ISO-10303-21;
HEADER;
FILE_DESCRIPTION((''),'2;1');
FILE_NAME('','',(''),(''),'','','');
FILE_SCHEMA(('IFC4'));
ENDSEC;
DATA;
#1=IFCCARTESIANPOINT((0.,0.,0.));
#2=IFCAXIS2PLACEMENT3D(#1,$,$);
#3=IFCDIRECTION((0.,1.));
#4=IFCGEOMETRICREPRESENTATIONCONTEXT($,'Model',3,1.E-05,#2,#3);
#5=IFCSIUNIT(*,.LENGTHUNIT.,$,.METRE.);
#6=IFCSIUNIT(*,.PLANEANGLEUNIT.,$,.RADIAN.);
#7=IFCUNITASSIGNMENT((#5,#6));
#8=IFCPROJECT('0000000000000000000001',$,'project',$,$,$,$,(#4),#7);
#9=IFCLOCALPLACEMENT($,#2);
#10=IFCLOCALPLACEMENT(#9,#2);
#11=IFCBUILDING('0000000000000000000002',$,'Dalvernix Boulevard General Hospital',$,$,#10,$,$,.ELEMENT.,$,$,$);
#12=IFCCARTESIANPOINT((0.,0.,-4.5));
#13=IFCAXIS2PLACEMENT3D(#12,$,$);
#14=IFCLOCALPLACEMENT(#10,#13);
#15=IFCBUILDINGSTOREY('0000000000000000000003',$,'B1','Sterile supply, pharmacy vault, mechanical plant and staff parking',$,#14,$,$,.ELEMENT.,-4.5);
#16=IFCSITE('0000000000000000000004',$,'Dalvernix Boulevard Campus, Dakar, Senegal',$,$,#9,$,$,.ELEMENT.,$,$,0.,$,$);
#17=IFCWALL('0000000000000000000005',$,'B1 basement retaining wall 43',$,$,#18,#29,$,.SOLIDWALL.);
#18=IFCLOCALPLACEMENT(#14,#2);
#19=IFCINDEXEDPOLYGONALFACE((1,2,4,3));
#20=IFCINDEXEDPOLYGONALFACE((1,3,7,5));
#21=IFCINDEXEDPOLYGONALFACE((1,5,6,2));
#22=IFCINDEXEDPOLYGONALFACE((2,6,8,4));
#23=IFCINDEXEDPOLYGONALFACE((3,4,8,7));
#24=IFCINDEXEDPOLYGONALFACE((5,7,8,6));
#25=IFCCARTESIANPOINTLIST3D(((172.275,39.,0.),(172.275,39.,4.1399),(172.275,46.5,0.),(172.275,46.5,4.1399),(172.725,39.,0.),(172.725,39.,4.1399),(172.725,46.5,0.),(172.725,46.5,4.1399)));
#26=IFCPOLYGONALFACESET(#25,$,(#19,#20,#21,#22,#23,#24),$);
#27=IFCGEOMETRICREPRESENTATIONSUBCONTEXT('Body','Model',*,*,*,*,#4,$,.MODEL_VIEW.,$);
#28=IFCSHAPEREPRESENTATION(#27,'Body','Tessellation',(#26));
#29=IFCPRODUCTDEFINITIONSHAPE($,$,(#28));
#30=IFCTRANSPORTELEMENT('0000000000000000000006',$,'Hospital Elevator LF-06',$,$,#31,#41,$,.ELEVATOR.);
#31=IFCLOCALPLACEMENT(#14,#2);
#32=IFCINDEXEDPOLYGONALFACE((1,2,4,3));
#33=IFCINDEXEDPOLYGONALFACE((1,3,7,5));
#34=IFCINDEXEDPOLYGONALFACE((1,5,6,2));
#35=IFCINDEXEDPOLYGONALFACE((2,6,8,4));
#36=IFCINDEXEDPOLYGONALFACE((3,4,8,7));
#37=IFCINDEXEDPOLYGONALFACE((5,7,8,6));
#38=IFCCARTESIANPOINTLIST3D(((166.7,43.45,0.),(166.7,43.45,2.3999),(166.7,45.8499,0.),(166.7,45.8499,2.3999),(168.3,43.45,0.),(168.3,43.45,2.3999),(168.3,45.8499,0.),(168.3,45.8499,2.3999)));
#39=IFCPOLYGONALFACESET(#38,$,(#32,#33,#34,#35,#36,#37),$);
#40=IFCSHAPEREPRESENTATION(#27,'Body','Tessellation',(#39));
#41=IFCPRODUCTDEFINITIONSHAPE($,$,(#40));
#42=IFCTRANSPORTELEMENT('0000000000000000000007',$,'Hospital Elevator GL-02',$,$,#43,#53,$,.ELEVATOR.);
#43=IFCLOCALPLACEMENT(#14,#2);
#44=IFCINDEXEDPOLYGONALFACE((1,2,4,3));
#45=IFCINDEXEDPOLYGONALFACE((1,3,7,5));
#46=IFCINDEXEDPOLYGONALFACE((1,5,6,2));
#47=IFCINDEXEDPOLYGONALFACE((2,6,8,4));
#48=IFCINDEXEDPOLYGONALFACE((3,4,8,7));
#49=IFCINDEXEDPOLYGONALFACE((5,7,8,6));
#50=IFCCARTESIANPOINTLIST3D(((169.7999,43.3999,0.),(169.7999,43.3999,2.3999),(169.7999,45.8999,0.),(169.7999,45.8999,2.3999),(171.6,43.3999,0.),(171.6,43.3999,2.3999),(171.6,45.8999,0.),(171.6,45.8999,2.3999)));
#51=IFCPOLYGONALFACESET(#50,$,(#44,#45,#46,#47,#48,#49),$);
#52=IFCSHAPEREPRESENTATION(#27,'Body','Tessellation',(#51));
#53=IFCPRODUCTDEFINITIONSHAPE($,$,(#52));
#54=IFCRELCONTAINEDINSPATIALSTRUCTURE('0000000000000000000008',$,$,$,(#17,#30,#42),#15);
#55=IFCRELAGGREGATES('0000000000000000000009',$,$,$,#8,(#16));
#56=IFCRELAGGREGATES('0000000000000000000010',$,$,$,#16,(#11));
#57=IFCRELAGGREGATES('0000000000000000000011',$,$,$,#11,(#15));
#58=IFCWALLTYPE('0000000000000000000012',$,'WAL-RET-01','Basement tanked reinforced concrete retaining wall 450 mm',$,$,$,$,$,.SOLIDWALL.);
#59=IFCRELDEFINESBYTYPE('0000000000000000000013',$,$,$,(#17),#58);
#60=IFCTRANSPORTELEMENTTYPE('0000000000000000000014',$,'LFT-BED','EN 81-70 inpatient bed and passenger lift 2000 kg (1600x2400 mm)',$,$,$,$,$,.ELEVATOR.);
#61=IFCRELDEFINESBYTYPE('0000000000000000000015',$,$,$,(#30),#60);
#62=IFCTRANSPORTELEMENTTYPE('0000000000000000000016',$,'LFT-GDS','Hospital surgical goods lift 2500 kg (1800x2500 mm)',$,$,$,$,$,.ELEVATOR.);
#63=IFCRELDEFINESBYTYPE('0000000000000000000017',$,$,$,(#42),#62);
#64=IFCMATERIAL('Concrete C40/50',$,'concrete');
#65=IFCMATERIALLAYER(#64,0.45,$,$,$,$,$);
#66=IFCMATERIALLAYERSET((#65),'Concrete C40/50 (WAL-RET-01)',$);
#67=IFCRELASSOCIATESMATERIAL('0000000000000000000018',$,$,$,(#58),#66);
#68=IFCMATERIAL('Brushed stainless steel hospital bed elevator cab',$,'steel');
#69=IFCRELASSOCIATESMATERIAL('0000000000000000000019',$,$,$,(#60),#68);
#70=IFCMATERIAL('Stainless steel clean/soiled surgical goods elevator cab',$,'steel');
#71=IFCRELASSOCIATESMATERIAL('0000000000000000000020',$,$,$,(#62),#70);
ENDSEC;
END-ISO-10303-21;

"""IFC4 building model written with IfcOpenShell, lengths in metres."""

from ifc_helpers import new_model, si_unit, direction, frame, frame_2d, origin, origin_2d, place, context, subcontext, project, spatial, rectangle, extrude, material, layer, layer_set, type_object, element, save


model = new_model("IFC4")

# Units and contexts
model_context = context("Model", 3, precision=1e-05, world=origin(), true_north=direction((0.0, 1.0)))
body_context = subcontext(model_context, "Body", "Model", "MODEL_VIEW")
ifc_project = project(units=[si_unit("LENGTHUNIT", "METRE"), si_unit("PLANEANGLEUNIT", "RADIAN")], contexts=[model_context])

# Site, building, storey
site_placement = place(None, origin())
site = spatial("IfcSite", under=ifc_project, at=site_placement, Name="Dalvernix Boulevard Campus, Dakar, Senegal", CompositionType="ELEMENT", RefElevation=0.0)
building_placement = place(site_placement, origin())
building = spatial("IfcBuilding", under=site, at=building_placement, Name="Dalvernix Boulevard General Hospital", CompositionType="ELEMENT")
storey_placement = place(building_placement, frame((0.0, 0.0, -4.5)))
storey = spatial("IfcBuildingStorey", under=building, at=storey_placement, Name="B1", Description="Sterile supply, pharmacy vault, mechanical plant and staff parking", CompositionType="ELEMENT", Elevation=-4.5)

# Shared definitions
ifc_material_1 = material(Name="Concrete C40/50", Category="concrete")

# Wall
ifc_layer_1 = layer(ifc_material_1, 0.45)
ifc_layer_set_1 = layer_set([ifc_layer_1], Name="Concrete C40/50 (WAL-RET-01)")
wall_type_1 = type_object("IfcWallType", Name="WAL-RET-01", Description="Basement tanked reinforced concrete retaining wall 450 mm", PredefinedType="SOLIDWALL", material=ifc_layer_set_1)
wall_1_placement = place(storey_placement, frame((172.5, 46.5, 0.0), z_axis=(0.0, 0.0, 1.0), x_axis=(0.0, -1.0, 0.0)))
element("IfcWall", 1, at=wall_1_placement, inside=storey, type_object=wall_type_1, Name="B1 basement retaining wall 43", PredefinedType="SOLIDWALL", context=body_context, shape_type="SweptSolid", body=[
    extrude(rectangle(XDim=7.5, YDim=0.45, at=frame_2d((3.75, 0.0))), origin(), (0.0, 0.0, 1.0), 4.1399),
])

# Transport elements
ifc_material_2 = material(Name="Brushed stainless steel hospital bed elevator cab", Category="steel")
transport_element_type_1 = type_object("IfcTransportElementType", Name="LFT-BED", Description="EN 81-70 inpatient bed and passenger lift 2000 kg (1600x2400 mm)", PredefinedType="ELEVATOR", material=ifc_material_2)
transport_element_1_placement = place(storey_placement, frame((167.5, 44.6499, 0.0), z_axis=(0.0, 0.0, 1.0), x_axis=(1.0, 0.0, 0.0)))
element("IfcTransportElement", 2, at=transport_element_1_placement, inside=storey, type_object=transport_element_type_1, Name="Hospital Elevator LF-06", PredefinedType="ELEVATOR", context=body_context, shape_type="SweptSolid", body=[
    extrude(rectangle(XDim=1.6001, YDim=2.3999, at=origin_2d()), origin(), (0.0, 0.0, 1.0), 2.3999),
])
ifc_material_3 = material(Name="Stainless steel clean/soiled surgical goods elevator cab", Category="steel")
transport_element_type_2 = type_object("IfcTransportElementType", Name="LFT-GDS", Description="Hospital surgical goods lift 2500 kg (1800x2500 mm)", PredefinedType="ELEVATOR", material=ifc_material_3)
transport_element_2_placement = place(storey_placement, frame((170.7, 44.6499, 0.0), z_axis=(0.0, 0.0, 1.0), x_axis=(1.0, 0.0, 0.0)))
element("IfcTransportElement", 3, at=transport_element_2_placement, inside=storey, type_object=transport_element_type_2, Name="Hospital Elevator GL-02", PredefinedType="ELEVATOR", context=body_context, shape_type="SweptSolid", body=[
    extrude(rectangle(XDim=1.8, YDim=2.5, at=origin_2d()), origin(), (0.0, 0.0, 1.0), 2.3999),
])

save(model, "model.ifc")
